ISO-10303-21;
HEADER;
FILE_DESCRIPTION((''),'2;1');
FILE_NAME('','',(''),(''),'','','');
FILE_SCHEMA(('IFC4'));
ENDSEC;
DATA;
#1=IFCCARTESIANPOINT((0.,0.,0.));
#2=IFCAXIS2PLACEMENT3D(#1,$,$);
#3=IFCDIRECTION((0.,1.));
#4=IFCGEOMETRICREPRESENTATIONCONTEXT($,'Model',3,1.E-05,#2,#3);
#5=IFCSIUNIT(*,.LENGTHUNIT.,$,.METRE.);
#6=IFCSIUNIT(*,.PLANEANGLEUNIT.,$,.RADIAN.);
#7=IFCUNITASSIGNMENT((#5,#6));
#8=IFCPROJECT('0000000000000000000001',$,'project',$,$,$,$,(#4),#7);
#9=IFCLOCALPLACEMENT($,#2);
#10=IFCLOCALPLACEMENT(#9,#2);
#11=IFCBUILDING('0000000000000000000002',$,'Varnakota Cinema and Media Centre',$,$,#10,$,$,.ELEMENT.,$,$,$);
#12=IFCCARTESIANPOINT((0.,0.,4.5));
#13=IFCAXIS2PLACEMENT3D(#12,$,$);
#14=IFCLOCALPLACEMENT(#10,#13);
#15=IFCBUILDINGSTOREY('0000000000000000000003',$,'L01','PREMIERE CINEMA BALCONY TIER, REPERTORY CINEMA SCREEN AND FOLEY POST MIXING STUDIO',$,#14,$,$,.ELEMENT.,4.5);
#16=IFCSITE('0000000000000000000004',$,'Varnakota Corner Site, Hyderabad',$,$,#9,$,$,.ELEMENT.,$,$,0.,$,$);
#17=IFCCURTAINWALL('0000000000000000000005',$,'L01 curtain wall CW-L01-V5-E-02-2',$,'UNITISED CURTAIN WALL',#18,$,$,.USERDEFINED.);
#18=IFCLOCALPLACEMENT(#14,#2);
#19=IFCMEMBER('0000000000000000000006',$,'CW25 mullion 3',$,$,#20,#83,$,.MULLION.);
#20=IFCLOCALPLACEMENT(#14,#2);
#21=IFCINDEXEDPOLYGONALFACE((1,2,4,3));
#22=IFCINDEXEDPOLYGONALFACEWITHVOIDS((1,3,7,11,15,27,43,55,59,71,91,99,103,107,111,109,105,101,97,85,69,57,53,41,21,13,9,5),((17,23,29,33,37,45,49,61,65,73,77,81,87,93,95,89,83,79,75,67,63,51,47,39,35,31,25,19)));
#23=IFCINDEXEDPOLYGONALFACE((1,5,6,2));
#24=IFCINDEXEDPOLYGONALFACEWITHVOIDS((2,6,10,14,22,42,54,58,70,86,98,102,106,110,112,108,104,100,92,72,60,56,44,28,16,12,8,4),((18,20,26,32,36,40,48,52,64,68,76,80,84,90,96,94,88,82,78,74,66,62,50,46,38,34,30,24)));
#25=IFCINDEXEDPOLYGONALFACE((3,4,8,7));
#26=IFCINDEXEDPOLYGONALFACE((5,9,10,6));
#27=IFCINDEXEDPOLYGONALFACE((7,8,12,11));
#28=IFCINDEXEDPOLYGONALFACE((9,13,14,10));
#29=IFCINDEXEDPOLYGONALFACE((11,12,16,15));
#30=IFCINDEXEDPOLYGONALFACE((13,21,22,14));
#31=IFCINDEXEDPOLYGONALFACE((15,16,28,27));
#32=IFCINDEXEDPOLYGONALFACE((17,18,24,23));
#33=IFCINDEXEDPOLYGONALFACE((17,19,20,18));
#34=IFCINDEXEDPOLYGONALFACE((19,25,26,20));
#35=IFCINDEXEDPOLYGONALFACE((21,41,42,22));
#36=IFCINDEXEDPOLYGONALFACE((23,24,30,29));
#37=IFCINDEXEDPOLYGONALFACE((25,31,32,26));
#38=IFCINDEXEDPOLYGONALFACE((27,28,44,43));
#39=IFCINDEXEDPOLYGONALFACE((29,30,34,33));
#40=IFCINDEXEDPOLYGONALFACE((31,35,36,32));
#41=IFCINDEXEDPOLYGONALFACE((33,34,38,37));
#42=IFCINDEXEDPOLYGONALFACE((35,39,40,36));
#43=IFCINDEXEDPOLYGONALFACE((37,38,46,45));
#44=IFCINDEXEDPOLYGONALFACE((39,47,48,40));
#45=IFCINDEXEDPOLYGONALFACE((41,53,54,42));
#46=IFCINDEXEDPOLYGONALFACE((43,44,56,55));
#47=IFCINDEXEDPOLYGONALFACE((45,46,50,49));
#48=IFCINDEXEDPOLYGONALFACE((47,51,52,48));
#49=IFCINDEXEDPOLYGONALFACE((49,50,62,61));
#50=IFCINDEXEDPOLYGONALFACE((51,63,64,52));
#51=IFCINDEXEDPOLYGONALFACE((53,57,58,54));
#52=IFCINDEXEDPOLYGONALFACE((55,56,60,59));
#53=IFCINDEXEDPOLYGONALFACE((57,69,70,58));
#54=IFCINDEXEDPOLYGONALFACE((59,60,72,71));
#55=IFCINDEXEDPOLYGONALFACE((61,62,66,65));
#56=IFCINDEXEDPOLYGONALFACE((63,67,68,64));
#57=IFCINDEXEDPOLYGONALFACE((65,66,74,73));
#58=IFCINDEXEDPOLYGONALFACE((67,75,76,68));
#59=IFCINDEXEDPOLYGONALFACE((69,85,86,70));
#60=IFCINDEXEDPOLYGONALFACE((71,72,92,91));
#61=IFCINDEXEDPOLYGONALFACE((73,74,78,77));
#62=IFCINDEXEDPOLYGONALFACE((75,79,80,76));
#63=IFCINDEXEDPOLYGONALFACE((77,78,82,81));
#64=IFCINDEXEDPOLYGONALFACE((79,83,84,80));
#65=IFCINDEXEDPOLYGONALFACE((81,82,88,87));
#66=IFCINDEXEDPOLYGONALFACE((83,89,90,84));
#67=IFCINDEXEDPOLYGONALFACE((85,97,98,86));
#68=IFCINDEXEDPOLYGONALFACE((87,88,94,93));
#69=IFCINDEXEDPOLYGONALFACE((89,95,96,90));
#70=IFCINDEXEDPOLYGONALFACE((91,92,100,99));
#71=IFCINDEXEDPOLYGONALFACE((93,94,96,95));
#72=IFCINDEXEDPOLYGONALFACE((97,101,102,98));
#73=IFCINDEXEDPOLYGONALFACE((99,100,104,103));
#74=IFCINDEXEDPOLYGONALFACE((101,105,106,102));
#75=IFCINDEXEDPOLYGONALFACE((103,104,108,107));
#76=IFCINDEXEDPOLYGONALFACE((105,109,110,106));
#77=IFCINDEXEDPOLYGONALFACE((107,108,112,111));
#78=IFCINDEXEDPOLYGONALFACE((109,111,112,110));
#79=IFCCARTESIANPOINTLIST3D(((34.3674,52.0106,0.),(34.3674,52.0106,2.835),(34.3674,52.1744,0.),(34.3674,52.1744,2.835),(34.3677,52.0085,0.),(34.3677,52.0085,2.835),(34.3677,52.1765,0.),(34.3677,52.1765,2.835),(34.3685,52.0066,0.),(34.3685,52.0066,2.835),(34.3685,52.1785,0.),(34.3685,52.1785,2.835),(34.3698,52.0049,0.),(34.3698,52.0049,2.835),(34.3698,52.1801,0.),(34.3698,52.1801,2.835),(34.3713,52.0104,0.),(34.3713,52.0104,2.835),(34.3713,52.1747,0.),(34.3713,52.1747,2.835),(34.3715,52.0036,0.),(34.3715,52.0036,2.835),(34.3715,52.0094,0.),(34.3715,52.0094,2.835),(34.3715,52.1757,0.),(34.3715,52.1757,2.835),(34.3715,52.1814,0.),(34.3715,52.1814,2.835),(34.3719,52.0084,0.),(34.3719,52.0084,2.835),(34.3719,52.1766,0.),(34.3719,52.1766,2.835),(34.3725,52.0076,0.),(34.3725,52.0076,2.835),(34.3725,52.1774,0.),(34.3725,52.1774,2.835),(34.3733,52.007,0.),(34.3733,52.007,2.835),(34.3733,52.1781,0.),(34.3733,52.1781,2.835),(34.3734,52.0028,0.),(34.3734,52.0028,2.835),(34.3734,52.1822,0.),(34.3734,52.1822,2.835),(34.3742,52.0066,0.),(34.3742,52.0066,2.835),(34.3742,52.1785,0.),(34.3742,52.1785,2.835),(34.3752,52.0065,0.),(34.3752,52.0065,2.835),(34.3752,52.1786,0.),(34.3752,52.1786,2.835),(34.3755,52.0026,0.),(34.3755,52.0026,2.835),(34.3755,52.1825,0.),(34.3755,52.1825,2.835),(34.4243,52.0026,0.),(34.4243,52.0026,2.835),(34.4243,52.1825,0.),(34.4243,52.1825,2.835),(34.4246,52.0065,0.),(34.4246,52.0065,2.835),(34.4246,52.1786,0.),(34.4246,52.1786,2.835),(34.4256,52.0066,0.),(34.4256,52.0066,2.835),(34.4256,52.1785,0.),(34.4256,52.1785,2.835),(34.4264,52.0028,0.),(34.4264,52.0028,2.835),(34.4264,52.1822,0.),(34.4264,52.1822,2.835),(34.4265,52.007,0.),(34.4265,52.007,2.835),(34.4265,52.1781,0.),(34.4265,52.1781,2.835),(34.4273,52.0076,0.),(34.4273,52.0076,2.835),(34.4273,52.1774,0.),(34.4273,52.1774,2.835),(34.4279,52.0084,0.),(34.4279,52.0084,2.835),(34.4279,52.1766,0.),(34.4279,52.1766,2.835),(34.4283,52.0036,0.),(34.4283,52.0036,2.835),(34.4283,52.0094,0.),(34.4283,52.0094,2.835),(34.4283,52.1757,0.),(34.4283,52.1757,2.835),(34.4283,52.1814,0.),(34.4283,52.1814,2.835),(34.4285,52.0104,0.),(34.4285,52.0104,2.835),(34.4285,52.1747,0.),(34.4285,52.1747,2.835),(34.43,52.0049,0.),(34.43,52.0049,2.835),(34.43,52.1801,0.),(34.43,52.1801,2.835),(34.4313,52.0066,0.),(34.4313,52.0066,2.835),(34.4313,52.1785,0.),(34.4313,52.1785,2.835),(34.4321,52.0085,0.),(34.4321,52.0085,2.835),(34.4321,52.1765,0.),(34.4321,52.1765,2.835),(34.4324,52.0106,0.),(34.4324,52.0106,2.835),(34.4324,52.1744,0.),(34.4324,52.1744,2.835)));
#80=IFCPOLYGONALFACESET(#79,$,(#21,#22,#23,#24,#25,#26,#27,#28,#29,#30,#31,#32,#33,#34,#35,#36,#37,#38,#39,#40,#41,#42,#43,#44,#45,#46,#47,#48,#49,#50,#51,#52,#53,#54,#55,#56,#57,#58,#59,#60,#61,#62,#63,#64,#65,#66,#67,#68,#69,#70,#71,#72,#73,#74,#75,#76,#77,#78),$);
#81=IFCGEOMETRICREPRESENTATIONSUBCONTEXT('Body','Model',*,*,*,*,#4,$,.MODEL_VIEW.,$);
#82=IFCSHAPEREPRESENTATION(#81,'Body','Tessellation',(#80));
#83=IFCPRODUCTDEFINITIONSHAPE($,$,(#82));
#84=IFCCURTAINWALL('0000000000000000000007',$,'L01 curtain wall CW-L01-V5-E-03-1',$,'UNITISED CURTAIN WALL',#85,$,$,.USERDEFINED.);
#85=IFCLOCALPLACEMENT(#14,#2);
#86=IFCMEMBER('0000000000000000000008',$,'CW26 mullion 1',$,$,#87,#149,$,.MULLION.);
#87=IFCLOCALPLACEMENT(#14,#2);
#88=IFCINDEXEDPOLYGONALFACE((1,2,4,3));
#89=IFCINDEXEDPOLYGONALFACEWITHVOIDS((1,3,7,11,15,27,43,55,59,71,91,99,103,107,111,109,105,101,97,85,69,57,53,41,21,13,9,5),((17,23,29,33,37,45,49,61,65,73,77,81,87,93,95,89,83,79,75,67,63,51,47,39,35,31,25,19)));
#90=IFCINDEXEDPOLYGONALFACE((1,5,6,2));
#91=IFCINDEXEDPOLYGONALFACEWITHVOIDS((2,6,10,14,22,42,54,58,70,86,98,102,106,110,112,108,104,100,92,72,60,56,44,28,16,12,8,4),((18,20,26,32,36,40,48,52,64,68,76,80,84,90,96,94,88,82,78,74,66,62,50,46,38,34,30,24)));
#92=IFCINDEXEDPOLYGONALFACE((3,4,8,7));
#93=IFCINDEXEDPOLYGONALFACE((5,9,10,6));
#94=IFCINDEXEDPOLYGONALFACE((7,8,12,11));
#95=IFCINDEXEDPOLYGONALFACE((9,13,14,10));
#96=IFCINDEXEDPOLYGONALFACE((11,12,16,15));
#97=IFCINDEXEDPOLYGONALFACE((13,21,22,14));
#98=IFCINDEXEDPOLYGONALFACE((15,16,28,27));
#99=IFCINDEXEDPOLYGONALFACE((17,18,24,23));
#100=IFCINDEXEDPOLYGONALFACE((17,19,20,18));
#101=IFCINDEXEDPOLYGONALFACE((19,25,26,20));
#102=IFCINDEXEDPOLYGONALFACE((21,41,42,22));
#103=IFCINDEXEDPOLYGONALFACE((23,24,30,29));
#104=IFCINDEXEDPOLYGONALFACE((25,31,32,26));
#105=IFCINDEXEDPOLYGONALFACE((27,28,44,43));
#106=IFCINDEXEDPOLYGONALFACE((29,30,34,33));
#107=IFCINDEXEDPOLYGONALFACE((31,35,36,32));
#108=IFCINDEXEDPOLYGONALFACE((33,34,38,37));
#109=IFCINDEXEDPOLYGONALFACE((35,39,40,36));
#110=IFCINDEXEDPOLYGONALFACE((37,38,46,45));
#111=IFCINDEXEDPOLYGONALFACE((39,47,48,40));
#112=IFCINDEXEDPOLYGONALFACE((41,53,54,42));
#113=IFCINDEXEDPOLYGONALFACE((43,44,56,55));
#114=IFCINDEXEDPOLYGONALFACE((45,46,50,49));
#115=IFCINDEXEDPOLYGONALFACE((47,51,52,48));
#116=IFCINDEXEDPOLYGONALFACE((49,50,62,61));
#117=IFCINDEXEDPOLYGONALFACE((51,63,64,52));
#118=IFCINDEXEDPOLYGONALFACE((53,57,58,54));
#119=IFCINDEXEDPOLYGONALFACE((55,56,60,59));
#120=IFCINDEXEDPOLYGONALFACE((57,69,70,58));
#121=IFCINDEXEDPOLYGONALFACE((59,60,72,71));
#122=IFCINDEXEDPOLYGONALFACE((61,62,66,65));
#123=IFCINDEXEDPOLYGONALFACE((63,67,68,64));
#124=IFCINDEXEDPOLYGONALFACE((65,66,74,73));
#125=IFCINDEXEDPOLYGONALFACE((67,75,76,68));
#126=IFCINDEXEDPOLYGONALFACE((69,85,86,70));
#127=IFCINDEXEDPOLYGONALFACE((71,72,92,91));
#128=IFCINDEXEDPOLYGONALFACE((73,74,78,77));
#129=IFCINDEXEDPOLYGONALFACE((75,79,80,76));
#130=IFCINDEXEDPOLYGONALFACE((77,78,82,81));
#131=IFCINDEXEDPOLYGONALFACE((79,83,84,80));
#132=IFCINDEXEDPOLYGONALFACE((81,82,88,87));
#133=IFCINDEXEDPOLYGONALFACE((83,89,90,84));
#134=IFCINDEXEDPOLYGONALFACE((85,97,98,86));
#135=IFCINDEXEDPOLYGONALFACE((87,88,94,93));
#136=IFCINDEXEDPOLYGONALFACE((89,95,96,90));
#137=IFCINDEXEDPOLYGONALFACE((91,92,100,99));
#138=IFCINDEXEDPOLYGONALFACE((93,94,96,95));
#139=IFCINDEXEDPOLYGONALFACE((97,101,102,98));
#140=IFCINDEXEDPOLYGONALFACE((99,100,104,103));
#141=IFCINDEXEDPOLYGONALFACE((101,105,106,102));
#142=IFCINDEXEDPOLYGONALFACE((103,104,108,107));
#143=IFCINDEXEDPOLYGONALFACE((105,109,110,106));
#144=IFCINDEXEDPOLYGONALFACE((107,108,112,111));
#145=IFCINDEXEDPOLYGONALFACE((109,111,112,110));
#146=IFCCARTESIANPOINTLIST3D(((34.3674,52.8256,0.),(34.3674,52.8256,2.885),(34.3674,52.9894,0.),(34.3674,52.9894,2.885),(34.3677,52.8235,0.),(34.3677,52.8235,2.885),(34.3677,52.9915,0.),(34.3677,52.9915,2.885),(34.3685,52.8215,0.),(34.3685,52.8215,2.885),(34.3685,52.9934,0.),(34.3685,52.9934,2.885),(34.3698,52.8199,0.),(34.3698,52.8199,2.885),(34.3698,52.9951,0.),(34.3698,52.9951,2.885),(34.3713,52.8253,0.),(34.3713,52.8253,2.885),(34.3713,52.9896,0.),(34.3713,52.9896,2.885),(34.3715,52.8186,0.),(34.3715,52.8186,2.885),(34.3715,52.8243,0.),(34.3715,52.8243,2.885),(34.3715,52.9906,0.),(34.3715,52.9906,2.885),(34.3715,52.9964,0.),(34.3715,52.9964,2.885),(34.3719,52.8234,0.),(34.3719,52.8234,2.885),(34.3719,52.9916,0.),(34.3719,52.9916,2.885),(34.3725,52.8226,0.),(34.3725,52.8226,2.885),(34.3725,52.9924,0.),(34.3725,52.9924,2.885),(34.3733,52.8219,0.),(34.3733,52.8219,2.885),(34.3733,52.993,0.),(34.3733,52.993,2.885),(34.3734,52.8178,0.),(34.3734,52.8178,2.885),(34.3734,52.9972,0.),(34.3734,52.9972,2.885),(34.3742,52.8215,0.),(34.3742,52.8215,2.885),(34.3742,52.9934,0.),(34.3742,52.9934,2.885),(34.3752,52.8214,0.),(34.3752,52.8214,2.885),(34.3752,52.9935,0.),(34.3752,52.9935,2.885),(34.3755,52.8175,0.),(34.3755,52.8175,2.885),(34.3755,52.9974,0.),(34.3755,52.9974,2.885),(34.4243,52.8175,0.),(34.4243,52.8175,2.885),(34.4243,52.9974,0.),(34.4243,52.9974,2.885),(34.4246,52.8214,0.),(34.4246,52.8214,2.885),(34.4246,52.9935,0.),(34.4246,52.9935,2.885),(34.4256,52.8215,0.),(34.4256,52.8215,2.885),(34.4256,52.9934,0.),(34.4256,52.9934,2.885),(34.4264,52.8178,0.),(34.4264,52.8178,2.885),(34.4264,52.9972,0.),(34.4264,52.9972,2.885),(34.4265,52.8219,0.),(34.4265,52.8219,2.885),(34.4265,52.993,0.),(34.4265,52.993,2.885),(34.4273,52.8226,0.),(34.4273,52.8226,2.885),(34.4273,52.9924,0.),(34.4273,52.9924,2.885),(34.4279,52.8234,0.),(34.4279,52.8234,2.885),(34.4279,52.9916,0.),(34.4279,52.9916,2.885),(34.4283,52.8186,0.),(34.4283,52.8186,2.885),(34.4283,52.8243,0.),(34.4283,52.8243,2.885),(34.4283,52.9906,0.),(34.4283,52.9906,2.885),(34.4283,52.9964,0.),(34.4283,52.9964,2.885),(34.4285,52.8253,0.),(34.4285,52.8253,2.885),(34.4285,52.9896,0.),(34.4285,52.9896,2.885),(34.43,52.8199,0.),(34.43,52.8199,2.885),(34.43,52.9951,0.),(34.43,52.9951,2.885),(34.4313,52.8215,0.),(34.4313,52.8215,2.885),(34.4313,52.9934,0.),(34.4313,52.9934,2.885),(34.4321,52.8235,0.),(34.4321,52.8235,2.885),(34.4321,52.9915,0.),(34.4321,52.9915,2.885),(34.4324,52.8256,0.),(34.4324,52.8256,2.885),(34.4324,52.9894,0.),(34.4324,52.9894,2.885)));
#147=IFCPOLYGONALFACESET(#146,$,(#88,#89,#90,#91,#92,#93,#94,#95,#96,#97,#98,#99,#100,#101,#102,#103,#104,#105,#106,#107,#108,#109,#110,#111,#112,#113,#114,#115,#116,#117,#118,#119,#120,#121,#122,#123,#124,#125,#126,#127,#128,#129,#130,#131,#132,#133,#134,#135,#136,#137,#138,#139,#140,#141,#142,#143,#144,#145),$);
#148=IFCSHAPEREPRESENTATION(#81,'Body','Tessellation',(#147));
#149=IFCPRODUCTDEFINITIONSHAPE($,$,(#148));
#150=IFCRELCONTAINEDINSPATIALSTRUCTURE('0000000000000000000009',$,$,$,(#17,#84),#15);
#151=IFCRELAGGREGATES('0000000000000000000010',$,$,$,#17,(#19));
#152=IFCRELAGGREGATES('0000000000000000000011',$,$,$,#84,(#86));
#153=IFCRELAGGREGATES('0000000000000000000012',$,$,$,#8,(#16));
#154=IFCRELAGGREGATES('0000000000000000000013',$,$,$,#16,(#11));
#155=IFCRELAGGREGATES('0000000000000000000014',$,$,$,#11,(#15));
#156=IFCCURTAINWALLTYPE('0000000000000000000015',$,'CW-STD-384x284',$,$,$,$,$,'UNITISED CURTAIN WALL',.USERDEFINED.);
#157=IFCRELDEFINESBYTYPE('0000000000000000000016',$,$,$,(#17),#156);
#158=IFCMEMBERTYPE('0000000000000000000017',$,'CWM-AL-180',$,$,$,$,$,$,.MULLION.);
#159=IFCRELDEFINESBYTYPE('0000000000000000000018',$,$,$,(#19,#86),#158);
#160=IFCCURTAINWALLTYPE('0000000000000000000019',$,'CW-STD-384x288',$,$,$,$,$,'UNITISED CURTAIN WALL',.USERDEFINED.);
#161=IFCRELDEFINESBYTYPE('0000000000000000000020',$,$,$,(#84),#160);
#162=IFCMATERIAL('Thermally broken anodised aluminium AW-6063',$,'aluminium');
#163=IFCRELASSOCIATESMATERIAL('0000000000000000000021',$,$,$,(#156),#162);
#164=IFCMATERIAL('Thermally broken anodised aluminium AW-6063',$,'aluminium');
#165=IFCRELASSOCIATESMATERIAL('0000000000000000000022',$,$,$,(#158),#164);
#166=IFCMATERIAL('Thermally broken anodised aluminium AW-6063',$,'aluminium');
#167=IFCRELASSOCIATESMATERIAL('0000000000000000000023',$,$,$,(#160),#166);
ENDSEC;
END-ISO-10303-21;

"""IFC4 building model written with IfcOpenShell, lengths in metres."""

from ifc_helpers import new_model, si_unit, direction, frame, origin, origin_2d, place, context, subcontext, project, spatial, hollow_rectangle, extrude, material, material_profile, profile_set, type_object, element, aggregate, save


model = new_model("IFC4")

# Units and contexts
model_context = context("Model", 3, precision=1e-05, world=origin(), true_north=direction((0.0, 1.0)))
body_context = subcontext(model_context, "Body", "Model", "MODEL_VIEW")
ifc_project = project(units=[si_unit("LENGTHUNIT", "METRE"), si_unit("PLANEANGLEUNIT", "RADIAN")], contexts=[model_context])

# Site, building, storey
site_placement = place(None, origin())
site = spatial("IfcSite", under=ifc_project, at=site_placement, Name="Varnakota Corner Site, Hyderabad", CompositionType="ELEMENT", RefElevation=0.0)
building_placement = place(site_placement, origin())
building = spatial("IfcBuilding", under=site, at=building_placement, Name="Varnakota Cinema and Media Centre", CompositionType="ELEMENT")
storey_placement = place(building_placement, frame((0.0, 0.0, 4.5)))
storey = spatial("IfcBuildingStorey", under=building, at=storey_placement, Name="L01", Description="PREMIERE CINEMA BALCONY TIER, REPERTORY CINEMA SCREEN AND FOLEY POST MIXING STUDIO", CompositionType="ELEMENT", Elevation=4.5)

# Curtain wall, member
ifc_material_1 = material(Name="Thermally broken anodised aluminium AW-6063", Category="aluminium")
curtain_wall_type_1 = type_object("IfcCurtainWallType", Name="CW-STD-384x284", ElementType="UNITISED CURTAIN WALL", PredefinedType="USERDEFINED", material=ifc_material_1)
curtain_wall_1_placement = place(storey_placement, origin())
curtain_wall_1 = element("IfcCurtainWall", 1, at=curtain_wall_1_placement, inside=storey, type_object=curtain_wall_type_1, Name="L01 curtain wall CW-L01-V5-E-02-2", ObjectType="UNITISED CURTAIN WALL", PredefinedType="USERDEFINED")
ifc_material_2 = material(Name="Thermally broken anodised aluminium AW-6063", Category="aluminium")
ifc_material_profile_1 = material_profile(ifc_material_2, hollow_rectangle(XDim=0.0649, YDim=0.1799, WallThickness=0.0039, InnerFilletRadius=0.0039, OuterFilletRadius=0.0081, at=origin_2d()), Name="AL-MULLION 180x65x4")
ifc_profile_set_1 = profile_set([ifc_material_profile_1], Name="Thermally broken anodised aluminium AW-6063")
member_type_1 = type_object("IfcMemberType", Name="CWM-AL-180", PredefinedType="MULLION", material=ifc_profile_set_1)
member_1_placement = place(storey_placement, frame((34.3999, 52.0925, 0.0), z_axis=(0.0, 0.0, 1.0), x_axis=(-1.0, 0.0, 0.0)))
member_1 = element("IfcMember", 2, at=member_1_placement, type_object=member_type_1, Name="CW25 mullion 3", PredefinedType="MULLION", context=body_context, shape_type="SweptSolid", body=[
    extrude(hollow_rectangle(XDim=0.0649, YDim=0.1799, WallThickness=0.0039, InnerFilletRadius=0.0039, OuterFilletRadius=0.0081, at=origin_2d()), origin(), (0.0, 0.0, 1.0), 2.835),
])

# Curtain wall, member
ifc_material_3 = material(Name="Thermally broken anodised aluminium AW-6063", Category="aluminium")
curtain_wall_type_2 = type_object("IfcCurtainWallType", Name="CW-STD-384x288", ElementType="UNITISED CURTAIN WALL", PredefinedType="USERDEFINED", material=ifc_material_3)
curtain_wall_2_placement = place(storey_placement, origin())
curtain_wall_2 = element("IfcCurtainWall", 3, at=curtain_wall_2_placement, inside=storey, type_object=curtain_wall_type_2, Name="L01 curtain wall CW-L01-V5-E-03-1", ObjectType="UNITISED CURTAIN WALL", PredefinedType="USERDEFINED")
member_2_placement = place(storey_placement, frame((34.3999, 52.9075, 0.0), z_axis=(0.0, 0.0, 1.0), x_axis=(-1.0, 0.0, 0.0)))
member_2 = element("IfcMember", 4, at=member_2_placement, type_object=member_type_1, Name="CW26 mullion 1", PredefinedType="MULLION", context=body_context, shape_type="SweptSolid", body=[
    extrude(hollow_rectangle(XDim=0.0649, YDim=0.1799, WallThickness=0.0039, InnerFilletRadius=0.0039, OuterFilletRadius=0.0081, at=origin_2d()), origin(), (0.0, 0.0, 1.0), 2.885),
])

aggregate(curtain_wall_1, [member_1])
aggregate(curtain_wall_2, [member_2])

save(model, "model.ifc")
